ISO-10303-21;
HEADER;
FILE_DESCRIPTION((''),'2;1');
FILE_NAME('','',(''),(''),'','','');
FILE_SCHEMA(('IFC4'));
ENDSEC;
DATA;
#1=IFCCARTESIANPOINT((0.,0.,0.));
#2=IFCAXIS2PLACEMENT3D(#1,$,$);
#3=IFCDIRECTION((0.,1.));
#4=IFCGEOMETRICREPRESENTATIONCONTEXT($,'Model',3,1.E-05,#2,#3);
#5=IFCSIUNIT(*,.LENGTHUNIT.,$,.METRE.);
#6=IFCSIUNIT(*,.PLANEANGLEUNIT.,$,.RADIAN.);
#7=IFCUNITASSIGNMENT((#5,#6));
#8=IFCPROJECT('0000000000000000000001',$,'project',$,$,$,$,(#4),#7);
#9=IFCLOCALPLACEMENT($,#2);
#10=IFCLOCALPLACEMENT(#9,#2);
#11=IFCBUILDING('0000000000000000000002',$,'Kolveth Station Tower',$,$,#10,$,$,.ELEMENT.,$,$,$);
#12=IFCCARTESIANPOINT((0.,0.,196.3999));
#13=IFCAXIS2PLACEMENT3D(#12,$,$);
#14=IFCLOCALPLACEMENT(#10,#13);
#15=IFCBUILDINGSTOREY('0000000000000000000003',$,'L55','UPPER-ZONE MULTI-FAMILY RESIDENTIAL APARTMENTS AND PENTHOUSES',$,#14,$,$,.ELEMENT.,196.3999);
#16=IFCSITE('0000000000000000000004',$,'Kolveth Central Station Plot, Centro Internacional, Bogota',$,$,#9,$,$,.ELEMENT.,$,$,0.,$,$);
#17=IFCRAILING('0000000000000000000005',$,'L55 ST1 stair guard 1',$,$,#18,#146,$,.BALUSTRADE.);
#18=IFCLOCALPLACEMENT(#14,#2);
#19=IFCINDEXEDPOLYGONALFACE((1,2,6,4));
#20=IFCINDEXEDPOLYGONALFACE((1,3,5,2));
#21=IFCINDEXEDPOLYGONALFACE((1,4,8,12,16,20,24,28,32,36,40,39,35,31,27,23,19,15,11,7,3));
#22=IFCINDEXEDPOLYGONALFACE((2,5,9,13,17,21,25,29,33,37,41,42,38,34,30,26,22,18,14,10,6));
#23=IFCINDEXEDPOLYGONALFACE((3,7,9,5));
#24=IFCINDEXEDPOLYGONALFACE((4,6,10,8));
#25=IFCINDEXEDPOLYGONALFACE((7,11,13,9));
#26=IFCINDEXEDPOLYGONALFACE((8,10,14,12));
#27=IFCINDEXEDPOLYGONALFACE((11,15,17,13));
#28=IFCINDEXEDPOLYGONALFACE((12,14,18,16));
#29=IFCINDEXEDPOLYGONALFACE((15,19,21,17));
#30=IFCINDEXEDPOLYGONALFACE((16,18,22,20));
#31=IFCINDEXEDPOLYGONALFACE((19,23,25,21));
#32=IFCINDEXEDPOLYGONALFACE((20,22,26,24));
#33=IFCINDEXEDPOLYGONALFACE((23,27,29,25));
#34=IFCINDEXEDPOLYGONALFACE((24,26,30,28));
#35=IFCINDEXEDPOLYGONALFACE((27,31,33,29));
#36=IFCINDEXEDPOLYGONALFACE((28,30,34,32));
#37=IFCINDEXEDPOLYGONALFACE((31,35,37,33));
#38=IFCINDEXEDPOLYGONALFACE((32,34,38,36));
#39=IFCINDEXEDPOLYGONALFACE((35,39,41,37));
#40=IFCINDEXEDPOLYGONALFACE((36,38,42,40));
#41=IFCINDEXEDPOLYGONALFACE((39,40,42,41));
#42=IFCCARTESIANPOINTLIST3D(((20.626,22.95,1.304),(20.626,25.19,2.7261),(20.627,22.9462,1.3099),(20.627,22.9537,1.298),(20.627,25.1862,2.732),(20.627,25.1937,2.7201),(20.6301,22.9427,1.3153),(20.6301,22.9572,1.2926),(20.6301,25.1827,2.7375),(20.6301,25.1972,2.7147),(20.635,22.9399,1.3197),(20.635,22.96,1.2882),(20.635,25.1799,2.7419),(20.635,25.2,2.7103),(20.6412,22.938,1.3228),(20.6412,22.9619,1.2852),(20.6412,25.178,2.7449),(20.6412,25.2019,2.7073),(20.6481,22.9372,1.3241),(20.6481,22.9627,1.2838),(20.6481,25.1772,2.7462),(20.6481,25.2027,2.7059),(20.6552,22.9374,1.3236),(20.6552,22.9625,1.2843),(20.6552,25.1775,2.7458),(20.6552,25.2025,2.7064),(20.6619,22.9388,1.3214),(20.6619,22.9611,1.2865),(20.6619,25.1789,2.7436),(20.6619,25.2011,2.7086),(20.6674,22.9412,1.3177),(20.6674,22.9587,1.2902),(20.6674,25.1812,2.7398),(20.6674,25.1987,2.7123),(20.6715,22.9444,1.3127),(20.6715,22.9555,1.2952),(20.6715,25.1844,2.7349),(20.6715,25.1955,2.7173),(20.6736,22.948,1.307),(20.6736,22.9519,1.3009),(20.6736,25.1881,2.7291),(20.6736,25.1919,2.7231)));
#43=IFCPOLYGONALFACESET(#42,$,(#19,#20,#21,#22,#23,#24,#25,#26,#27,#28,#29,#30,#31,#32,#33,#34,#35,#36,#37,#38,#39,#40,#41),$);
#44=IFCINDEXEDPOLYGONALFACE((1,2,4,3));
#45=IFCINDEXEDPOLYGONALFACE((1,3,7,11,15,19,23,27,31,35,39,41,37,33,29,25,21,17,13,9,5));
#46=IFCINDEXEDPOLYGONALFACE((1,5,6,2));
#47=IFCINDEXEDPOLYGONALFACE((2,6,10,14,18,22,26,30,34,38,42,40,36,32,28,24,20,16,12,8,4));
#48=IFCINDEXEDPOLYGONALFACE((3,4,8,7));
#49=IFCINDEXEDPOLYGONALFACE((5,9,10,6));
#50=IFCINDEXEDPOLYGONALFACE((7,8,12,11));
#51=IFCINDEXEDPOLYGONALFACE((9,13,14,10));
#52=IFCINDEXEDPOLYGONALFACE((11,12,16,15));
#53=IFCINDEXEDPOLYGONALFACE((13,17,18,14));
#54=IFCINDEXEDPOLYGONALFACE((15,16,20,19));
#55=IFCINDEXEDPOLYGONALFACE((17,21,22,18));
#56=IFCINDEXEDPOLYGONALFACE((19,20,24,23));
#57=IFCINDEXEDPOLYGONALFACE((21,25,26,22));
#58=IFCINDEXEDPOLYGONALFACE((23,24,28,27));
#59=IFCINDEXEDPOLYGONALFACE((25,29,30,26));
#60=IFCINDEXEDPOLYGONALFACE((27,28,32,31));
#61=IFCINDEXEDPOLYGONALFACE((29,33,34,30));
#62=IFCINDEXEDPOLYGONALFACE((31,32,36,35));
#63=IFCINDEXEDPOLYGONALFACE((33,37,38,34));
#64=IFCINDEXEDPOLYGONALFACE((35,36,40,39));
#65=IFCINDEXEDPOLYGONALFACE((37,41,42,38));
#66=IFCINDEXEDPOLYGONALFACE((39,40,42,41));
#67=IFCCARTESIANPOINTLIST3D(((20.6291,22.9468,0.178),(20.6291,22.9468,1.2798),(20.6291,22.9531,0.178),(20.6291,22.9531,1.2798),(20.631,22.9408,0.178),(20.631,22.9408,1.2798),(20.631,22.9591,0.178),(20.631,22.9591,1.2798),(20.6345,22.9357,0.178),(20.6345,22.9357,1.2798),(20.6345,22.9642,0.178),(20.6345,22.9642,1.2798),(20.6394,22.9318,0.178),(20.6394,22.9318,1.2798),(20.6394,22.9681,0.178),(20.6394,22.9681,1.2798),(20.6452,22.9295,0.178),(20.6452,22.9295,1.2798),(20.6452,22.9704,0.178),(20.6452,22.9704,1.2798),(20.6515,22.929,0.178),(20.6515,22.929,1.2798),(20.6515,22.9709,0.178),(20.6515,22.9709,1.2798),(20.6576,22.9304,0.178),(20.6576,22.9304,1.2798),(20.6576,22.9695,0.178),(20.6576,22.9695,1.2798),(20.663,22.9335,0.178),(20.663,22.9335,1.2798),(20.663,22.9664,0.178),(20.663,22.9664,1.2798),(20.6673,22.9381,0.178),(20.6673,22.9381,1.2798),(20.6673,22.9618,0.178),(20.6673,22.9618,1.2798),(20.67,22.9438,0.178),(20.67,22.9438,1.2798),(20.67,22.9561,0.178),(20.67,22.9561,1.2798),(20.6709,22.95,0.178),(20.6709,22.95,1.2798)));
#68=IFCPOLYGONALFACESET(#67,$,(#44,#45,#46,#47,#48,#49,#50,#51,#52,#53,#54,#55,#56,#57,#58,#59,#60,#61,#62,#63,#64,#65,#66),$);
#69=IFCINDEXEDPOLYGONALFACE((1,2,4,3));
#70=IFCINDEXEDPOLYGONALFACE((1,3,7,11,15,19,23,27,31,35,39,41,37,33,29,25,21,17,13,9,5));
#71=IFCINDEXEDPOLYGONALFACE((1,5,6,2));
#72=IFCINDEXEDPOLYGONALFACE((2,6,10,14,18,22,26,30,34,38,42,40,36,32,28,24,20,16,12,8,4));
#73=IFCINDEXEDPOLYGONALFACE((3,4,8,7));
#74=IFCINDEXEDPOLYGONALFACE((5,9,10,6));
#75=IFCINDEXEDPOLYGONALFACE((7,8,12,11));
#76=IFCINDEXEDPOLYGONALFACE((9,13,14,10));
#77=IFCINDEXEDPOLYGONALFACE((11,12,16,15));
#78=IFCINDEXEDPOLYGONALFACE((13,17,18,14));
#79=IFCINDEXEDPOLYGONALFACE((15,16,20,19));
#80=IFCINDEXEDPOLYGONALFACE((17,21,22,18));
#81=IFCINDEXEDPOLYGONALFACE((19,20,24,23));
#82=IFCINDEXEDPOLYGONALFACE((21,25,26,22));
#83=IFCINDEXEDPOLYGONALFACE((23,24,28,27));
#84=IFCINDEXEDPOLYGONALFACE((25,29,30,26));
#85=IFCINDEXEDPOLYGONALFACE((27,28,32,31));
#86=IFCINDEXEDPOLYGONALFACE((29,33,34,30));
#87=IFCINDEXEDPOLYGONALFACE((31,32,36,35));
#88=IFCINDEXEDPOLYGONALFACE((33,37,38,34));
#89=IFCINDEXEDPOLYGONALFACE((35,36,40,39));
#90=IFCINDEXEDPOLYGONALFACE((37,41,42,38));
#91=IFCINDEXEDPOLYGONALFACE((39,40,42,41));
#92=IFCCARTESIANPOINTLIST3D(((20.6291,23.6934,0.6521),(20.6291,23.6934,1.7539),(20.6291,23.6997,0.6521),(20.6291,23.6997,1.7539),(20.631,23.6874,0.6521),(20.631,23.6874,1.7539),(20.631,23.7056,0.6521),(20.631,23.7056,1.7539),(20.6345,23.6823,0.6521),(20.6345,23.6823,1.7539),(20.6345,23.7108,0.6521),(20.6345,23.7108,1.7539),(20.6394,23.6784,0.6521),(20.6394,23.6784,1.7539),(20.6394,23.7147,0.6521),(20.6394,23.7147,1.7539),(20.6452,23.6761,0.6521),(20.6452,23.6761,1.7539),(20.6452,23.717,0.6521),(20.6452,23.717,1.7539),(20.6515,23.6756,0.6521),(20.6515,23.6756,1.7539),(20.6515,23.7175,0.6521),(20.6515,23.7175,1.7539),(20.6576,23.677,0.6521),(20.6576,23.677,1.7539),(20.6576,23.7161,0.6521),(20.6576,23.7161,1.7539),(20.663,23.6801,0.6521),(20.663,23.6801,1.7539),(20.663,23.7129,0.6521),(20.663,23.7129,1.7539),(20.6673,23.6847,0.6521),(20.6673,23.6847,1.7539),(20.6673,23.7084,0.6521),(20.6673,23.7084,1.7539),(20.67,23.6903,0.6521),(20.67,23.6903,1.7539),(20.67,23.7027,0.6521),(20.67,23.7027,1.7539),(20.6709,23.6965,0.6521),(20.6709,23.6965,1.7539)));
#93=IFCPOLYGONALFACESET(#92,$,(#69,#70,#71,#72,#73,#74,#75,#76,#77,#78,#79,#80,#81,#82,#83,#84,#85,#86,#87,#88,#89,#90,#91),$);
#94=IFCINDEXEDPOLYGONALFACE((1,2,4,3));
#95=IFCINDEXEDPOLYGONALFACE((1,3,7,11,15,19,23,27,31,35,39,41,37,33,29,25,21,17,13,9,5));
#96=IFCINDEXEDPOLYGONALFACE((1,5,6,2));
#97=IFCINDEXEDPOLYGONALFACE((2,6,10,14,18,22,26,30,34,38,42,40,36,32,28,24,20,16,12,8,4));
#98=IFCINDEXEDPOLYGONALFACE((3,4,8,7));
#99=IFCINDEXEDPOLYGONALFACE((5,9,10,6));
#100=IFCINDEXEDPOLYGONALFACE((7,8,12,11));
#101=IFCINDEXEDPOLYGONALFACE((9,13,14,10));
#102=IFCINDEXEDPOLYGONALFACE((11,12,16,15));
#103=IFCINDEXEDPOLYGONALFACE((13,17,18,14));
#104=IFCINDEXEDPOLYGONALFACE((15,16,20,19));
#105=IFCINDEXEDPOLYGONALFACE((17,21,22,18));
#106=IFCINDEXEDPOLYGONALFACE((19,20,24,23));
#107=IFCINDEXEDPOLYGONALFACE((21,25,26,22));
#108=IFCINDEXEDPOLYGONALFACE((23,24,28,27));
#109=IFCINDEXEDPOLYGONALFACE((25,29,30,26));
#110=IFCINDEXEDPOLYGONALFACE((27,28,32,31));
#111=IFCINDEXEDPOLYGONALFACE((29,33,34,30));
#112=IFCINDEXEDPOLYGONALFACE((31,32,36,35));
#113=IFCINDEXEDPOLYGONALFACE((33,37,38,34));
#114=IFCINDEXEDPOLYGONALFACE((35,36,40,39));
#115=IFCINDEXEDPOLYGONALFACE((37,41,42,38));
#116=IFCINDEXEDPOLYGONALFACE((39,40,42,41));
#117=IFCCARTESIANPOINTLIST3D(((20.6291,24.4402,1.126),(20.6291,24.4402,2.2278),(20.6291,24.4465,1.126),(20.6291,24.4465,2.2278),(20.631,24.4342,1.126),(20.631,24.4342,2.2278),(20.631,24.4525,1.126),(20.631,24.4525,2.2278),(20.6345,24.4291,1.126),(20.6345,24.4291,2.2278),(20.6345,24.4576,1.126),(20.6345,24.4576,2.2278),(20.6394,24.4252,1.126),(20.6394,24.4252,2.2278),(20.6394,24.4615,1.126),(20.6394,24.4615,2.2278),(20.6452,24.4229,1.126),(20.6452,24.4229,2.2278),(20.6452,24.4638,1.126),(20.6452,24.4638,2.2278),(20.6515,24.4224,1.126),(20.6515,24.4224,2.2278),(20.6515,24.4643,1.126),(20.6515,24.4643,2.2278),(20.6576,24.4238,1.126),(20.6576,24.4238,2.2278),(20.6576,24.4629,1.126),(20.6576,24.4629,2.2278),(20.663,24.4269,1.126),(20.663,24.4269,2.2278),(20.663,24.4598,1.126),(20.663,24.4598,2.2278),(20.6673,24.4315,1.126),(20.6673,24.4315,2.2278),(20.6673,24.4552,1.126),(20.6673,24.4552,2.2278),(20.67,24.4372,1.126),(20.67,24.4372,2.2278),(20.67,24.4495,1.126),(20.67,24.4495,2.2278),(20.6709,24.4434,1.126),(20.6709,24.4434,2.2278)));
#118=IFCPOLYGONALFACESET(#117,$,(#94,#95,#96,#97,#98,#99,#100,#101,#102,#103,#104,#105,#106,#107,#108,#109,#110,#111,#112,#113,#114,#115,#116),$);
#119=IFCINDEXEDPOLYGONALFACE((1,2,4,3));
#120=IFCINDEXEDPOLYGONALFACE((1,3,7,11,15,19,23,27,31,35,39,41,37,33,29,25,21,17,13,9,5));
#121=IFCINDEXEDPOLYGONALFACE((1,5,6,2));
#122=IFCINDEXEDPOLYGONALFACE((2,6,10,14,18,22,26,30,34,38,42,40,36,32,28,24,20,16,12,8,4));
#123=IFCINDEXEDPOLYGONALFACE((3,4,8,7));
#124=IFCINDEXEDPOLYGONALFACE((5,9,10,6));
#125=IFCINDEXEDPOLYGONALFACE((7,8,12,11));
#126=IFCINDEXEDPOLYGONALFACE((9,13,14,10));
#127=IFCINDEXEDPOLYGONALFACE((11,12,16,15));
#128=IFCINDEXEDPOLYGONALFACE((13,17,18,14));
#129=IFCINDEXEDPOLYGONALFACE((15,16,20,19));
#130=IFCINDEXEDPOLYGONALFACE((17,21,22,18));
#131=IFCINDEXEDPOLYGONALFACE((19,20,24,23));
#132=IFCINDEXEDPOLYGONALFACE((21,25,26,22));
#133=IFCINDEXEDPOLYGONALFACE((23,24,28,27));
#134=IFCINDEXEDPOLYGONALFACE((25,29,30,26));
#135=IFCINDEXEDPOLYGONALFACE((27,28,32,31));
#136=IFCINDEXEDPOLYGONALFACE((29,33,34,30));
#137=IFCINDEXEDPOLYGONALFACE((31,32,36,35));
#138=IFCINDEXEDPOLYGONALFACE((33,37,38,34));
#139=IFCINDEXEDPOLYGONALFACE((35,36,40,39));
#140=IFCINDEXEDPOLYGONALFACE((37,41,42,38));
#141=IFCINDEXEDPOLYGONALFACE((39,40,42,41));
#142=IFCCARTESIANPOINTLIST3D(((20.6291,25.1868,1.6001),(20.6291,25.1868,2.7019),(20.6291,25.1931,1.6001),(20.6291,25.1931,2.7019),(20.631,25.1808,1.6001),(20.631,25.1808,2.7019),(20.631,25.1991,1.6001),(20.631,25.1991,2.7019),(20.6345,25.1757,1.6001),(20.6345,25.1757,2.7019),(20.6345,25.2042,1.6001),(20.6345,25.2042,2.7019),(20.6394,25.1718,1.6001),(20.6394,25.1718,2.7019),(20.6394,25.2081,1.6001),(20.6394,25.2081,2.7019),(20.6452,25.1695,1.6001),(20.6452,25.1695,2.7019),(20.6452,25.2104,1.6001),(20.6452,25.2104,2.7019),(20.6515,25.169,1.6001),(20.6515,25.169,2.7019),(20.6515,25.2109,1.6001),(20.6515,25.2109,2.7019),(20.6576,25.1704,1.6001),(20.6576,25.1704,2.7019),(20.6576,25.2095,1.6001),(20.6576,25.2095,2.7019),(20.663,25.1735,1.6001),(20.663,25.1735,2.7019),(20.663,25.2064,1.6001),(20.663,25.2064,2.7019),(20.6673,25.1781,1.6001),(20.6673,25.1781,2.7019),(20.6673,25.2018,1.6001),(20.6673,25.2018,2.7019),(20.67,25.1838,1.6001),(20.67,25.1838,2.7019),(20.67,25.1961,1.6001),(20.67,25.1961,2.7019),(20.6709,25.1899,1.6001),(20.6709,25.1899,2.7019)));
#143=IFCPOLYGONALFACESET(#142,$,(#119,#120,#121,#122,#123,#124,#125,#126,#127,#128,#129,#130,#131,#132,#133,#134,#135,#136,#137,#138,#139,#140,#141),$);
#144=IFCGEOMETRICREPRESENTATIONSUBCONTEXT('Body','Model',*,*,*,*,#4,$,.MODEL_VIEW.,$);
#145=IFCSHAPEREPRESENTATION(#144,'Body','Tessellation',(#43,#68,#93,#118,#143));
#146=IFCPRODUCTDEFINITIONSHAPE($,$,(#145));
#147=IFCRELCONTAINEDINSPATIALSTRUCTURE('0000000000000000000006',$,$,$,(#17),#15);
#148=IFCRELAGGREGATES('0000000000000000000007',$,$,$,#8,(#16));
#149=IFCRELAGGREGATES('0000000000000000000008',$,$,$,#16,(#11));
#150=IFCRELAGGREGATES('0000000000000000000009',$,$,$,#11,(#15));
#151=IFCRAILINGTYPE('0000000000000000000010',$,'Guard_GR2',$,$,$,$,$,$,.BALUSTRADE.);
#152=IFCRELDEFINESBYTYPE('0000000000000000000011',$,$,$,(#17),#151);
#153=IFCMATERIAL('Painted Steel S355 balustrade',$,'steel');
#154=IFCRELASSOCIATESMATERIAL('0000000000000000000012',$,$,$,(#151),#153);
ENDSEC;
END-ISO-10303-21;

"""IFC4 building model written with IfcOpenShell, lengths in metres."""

from ifc_helpers import new_model, si_unit, direction, frame, origin, origin_2d, place, context, subcontext, project, spatial, circle, extrude, material, type_object, element, save


model = new_model("IFC4")

# Units and contexts
model_context = context("Model", 3, precision=1e-05, world=origin(), true_north=direction((0.0, 1.0)))
body_context = subcontext(model_context, "Body", "Model", "MODEL_VIEW")
ifc_project = project(units=[si_unit("LENGTHUNIT", "METRE"), si_unit("PLANEANGLEUNIT", "RADIAN")], contexts=[model_context])

# Site, building, storey
site_placement = place(None, origin())
site = spatial("IfcSite", under=ifc_project, at=site_placement, Name="Kolveth Central Station Plot, Centro Internacional, Bogota", CompositionType="ELEMENT", RefElevation=0.0)
building_placement = place(site_placement, origin())
building = spatial("IfcBuilding", under=site, at=building_placement, Name="Kolveth Station Tower", CompositionType="ELEMENT")
storey_placement = place(building_placement, frame((0.0, 0.0, 196.3999)))
storey = spatial("IfcBuildingStorey", under=building, at=storey_placement, Name="L55", Description="UPPER-ZONE MULTI-FAMILY RESIDENTIAL APARTMENTS AND PENTHOUSES", CompositionType="ELEMENT", Elevation=196.3999)

# Railing
ifc_material_1 = material(Name="Painted Steel S355 balustrade", Category="steel")
railing_type_1 = type_object("IfcRailingType", Name="Guard_GR2", PredefinedType="BALUSTRADE", material=ifc_material_1)
railing_1_placement = place(storey_placement, frame((20.6499, 22.95, 0.178)))
element("IfcRailing", 1, at=railing_1_placement, inside=storey, type_object=railing_type_1, Name="L55 ST1 stair guard 1", PredefinedType="BALUSTRADE", context=body_context, shape_type="SweptSolid", body=[
    extrude(circle(Radius=0.0239, at=origin_2d()), frame((0.0, 0.0, 1.126), z_axis=(0.0, 0.844229, 0.535982), x_axis=(-1.0, 0.0, 0.0)), (0.0, 0.0, 1.0), 2.6533),
    extrude(circle(Radius=0.021, at=origin_2d()), origin(), (0.0, 0.0, 1.0), 1.1018),
    extrude(circle(Radius=0.021, at=origin_2d()), frame((0.0, 0.7466, 0.4741)), (0.0, 0.0, 1.0), 1.1018),
    extrude(circle(Radius=0.021, at=origin_2d()), frame((0.0, 1.4934, 0.948)), (0.0, 0.0, 1.0), 1.1018),
    extrude(circle(Radius=0.021, at=origin_2d()), frame((0.0, 2.24, 1.4221)), (0.0, 0.0, 1.0), 1.1018),
])

save(model, "model.ifc")
